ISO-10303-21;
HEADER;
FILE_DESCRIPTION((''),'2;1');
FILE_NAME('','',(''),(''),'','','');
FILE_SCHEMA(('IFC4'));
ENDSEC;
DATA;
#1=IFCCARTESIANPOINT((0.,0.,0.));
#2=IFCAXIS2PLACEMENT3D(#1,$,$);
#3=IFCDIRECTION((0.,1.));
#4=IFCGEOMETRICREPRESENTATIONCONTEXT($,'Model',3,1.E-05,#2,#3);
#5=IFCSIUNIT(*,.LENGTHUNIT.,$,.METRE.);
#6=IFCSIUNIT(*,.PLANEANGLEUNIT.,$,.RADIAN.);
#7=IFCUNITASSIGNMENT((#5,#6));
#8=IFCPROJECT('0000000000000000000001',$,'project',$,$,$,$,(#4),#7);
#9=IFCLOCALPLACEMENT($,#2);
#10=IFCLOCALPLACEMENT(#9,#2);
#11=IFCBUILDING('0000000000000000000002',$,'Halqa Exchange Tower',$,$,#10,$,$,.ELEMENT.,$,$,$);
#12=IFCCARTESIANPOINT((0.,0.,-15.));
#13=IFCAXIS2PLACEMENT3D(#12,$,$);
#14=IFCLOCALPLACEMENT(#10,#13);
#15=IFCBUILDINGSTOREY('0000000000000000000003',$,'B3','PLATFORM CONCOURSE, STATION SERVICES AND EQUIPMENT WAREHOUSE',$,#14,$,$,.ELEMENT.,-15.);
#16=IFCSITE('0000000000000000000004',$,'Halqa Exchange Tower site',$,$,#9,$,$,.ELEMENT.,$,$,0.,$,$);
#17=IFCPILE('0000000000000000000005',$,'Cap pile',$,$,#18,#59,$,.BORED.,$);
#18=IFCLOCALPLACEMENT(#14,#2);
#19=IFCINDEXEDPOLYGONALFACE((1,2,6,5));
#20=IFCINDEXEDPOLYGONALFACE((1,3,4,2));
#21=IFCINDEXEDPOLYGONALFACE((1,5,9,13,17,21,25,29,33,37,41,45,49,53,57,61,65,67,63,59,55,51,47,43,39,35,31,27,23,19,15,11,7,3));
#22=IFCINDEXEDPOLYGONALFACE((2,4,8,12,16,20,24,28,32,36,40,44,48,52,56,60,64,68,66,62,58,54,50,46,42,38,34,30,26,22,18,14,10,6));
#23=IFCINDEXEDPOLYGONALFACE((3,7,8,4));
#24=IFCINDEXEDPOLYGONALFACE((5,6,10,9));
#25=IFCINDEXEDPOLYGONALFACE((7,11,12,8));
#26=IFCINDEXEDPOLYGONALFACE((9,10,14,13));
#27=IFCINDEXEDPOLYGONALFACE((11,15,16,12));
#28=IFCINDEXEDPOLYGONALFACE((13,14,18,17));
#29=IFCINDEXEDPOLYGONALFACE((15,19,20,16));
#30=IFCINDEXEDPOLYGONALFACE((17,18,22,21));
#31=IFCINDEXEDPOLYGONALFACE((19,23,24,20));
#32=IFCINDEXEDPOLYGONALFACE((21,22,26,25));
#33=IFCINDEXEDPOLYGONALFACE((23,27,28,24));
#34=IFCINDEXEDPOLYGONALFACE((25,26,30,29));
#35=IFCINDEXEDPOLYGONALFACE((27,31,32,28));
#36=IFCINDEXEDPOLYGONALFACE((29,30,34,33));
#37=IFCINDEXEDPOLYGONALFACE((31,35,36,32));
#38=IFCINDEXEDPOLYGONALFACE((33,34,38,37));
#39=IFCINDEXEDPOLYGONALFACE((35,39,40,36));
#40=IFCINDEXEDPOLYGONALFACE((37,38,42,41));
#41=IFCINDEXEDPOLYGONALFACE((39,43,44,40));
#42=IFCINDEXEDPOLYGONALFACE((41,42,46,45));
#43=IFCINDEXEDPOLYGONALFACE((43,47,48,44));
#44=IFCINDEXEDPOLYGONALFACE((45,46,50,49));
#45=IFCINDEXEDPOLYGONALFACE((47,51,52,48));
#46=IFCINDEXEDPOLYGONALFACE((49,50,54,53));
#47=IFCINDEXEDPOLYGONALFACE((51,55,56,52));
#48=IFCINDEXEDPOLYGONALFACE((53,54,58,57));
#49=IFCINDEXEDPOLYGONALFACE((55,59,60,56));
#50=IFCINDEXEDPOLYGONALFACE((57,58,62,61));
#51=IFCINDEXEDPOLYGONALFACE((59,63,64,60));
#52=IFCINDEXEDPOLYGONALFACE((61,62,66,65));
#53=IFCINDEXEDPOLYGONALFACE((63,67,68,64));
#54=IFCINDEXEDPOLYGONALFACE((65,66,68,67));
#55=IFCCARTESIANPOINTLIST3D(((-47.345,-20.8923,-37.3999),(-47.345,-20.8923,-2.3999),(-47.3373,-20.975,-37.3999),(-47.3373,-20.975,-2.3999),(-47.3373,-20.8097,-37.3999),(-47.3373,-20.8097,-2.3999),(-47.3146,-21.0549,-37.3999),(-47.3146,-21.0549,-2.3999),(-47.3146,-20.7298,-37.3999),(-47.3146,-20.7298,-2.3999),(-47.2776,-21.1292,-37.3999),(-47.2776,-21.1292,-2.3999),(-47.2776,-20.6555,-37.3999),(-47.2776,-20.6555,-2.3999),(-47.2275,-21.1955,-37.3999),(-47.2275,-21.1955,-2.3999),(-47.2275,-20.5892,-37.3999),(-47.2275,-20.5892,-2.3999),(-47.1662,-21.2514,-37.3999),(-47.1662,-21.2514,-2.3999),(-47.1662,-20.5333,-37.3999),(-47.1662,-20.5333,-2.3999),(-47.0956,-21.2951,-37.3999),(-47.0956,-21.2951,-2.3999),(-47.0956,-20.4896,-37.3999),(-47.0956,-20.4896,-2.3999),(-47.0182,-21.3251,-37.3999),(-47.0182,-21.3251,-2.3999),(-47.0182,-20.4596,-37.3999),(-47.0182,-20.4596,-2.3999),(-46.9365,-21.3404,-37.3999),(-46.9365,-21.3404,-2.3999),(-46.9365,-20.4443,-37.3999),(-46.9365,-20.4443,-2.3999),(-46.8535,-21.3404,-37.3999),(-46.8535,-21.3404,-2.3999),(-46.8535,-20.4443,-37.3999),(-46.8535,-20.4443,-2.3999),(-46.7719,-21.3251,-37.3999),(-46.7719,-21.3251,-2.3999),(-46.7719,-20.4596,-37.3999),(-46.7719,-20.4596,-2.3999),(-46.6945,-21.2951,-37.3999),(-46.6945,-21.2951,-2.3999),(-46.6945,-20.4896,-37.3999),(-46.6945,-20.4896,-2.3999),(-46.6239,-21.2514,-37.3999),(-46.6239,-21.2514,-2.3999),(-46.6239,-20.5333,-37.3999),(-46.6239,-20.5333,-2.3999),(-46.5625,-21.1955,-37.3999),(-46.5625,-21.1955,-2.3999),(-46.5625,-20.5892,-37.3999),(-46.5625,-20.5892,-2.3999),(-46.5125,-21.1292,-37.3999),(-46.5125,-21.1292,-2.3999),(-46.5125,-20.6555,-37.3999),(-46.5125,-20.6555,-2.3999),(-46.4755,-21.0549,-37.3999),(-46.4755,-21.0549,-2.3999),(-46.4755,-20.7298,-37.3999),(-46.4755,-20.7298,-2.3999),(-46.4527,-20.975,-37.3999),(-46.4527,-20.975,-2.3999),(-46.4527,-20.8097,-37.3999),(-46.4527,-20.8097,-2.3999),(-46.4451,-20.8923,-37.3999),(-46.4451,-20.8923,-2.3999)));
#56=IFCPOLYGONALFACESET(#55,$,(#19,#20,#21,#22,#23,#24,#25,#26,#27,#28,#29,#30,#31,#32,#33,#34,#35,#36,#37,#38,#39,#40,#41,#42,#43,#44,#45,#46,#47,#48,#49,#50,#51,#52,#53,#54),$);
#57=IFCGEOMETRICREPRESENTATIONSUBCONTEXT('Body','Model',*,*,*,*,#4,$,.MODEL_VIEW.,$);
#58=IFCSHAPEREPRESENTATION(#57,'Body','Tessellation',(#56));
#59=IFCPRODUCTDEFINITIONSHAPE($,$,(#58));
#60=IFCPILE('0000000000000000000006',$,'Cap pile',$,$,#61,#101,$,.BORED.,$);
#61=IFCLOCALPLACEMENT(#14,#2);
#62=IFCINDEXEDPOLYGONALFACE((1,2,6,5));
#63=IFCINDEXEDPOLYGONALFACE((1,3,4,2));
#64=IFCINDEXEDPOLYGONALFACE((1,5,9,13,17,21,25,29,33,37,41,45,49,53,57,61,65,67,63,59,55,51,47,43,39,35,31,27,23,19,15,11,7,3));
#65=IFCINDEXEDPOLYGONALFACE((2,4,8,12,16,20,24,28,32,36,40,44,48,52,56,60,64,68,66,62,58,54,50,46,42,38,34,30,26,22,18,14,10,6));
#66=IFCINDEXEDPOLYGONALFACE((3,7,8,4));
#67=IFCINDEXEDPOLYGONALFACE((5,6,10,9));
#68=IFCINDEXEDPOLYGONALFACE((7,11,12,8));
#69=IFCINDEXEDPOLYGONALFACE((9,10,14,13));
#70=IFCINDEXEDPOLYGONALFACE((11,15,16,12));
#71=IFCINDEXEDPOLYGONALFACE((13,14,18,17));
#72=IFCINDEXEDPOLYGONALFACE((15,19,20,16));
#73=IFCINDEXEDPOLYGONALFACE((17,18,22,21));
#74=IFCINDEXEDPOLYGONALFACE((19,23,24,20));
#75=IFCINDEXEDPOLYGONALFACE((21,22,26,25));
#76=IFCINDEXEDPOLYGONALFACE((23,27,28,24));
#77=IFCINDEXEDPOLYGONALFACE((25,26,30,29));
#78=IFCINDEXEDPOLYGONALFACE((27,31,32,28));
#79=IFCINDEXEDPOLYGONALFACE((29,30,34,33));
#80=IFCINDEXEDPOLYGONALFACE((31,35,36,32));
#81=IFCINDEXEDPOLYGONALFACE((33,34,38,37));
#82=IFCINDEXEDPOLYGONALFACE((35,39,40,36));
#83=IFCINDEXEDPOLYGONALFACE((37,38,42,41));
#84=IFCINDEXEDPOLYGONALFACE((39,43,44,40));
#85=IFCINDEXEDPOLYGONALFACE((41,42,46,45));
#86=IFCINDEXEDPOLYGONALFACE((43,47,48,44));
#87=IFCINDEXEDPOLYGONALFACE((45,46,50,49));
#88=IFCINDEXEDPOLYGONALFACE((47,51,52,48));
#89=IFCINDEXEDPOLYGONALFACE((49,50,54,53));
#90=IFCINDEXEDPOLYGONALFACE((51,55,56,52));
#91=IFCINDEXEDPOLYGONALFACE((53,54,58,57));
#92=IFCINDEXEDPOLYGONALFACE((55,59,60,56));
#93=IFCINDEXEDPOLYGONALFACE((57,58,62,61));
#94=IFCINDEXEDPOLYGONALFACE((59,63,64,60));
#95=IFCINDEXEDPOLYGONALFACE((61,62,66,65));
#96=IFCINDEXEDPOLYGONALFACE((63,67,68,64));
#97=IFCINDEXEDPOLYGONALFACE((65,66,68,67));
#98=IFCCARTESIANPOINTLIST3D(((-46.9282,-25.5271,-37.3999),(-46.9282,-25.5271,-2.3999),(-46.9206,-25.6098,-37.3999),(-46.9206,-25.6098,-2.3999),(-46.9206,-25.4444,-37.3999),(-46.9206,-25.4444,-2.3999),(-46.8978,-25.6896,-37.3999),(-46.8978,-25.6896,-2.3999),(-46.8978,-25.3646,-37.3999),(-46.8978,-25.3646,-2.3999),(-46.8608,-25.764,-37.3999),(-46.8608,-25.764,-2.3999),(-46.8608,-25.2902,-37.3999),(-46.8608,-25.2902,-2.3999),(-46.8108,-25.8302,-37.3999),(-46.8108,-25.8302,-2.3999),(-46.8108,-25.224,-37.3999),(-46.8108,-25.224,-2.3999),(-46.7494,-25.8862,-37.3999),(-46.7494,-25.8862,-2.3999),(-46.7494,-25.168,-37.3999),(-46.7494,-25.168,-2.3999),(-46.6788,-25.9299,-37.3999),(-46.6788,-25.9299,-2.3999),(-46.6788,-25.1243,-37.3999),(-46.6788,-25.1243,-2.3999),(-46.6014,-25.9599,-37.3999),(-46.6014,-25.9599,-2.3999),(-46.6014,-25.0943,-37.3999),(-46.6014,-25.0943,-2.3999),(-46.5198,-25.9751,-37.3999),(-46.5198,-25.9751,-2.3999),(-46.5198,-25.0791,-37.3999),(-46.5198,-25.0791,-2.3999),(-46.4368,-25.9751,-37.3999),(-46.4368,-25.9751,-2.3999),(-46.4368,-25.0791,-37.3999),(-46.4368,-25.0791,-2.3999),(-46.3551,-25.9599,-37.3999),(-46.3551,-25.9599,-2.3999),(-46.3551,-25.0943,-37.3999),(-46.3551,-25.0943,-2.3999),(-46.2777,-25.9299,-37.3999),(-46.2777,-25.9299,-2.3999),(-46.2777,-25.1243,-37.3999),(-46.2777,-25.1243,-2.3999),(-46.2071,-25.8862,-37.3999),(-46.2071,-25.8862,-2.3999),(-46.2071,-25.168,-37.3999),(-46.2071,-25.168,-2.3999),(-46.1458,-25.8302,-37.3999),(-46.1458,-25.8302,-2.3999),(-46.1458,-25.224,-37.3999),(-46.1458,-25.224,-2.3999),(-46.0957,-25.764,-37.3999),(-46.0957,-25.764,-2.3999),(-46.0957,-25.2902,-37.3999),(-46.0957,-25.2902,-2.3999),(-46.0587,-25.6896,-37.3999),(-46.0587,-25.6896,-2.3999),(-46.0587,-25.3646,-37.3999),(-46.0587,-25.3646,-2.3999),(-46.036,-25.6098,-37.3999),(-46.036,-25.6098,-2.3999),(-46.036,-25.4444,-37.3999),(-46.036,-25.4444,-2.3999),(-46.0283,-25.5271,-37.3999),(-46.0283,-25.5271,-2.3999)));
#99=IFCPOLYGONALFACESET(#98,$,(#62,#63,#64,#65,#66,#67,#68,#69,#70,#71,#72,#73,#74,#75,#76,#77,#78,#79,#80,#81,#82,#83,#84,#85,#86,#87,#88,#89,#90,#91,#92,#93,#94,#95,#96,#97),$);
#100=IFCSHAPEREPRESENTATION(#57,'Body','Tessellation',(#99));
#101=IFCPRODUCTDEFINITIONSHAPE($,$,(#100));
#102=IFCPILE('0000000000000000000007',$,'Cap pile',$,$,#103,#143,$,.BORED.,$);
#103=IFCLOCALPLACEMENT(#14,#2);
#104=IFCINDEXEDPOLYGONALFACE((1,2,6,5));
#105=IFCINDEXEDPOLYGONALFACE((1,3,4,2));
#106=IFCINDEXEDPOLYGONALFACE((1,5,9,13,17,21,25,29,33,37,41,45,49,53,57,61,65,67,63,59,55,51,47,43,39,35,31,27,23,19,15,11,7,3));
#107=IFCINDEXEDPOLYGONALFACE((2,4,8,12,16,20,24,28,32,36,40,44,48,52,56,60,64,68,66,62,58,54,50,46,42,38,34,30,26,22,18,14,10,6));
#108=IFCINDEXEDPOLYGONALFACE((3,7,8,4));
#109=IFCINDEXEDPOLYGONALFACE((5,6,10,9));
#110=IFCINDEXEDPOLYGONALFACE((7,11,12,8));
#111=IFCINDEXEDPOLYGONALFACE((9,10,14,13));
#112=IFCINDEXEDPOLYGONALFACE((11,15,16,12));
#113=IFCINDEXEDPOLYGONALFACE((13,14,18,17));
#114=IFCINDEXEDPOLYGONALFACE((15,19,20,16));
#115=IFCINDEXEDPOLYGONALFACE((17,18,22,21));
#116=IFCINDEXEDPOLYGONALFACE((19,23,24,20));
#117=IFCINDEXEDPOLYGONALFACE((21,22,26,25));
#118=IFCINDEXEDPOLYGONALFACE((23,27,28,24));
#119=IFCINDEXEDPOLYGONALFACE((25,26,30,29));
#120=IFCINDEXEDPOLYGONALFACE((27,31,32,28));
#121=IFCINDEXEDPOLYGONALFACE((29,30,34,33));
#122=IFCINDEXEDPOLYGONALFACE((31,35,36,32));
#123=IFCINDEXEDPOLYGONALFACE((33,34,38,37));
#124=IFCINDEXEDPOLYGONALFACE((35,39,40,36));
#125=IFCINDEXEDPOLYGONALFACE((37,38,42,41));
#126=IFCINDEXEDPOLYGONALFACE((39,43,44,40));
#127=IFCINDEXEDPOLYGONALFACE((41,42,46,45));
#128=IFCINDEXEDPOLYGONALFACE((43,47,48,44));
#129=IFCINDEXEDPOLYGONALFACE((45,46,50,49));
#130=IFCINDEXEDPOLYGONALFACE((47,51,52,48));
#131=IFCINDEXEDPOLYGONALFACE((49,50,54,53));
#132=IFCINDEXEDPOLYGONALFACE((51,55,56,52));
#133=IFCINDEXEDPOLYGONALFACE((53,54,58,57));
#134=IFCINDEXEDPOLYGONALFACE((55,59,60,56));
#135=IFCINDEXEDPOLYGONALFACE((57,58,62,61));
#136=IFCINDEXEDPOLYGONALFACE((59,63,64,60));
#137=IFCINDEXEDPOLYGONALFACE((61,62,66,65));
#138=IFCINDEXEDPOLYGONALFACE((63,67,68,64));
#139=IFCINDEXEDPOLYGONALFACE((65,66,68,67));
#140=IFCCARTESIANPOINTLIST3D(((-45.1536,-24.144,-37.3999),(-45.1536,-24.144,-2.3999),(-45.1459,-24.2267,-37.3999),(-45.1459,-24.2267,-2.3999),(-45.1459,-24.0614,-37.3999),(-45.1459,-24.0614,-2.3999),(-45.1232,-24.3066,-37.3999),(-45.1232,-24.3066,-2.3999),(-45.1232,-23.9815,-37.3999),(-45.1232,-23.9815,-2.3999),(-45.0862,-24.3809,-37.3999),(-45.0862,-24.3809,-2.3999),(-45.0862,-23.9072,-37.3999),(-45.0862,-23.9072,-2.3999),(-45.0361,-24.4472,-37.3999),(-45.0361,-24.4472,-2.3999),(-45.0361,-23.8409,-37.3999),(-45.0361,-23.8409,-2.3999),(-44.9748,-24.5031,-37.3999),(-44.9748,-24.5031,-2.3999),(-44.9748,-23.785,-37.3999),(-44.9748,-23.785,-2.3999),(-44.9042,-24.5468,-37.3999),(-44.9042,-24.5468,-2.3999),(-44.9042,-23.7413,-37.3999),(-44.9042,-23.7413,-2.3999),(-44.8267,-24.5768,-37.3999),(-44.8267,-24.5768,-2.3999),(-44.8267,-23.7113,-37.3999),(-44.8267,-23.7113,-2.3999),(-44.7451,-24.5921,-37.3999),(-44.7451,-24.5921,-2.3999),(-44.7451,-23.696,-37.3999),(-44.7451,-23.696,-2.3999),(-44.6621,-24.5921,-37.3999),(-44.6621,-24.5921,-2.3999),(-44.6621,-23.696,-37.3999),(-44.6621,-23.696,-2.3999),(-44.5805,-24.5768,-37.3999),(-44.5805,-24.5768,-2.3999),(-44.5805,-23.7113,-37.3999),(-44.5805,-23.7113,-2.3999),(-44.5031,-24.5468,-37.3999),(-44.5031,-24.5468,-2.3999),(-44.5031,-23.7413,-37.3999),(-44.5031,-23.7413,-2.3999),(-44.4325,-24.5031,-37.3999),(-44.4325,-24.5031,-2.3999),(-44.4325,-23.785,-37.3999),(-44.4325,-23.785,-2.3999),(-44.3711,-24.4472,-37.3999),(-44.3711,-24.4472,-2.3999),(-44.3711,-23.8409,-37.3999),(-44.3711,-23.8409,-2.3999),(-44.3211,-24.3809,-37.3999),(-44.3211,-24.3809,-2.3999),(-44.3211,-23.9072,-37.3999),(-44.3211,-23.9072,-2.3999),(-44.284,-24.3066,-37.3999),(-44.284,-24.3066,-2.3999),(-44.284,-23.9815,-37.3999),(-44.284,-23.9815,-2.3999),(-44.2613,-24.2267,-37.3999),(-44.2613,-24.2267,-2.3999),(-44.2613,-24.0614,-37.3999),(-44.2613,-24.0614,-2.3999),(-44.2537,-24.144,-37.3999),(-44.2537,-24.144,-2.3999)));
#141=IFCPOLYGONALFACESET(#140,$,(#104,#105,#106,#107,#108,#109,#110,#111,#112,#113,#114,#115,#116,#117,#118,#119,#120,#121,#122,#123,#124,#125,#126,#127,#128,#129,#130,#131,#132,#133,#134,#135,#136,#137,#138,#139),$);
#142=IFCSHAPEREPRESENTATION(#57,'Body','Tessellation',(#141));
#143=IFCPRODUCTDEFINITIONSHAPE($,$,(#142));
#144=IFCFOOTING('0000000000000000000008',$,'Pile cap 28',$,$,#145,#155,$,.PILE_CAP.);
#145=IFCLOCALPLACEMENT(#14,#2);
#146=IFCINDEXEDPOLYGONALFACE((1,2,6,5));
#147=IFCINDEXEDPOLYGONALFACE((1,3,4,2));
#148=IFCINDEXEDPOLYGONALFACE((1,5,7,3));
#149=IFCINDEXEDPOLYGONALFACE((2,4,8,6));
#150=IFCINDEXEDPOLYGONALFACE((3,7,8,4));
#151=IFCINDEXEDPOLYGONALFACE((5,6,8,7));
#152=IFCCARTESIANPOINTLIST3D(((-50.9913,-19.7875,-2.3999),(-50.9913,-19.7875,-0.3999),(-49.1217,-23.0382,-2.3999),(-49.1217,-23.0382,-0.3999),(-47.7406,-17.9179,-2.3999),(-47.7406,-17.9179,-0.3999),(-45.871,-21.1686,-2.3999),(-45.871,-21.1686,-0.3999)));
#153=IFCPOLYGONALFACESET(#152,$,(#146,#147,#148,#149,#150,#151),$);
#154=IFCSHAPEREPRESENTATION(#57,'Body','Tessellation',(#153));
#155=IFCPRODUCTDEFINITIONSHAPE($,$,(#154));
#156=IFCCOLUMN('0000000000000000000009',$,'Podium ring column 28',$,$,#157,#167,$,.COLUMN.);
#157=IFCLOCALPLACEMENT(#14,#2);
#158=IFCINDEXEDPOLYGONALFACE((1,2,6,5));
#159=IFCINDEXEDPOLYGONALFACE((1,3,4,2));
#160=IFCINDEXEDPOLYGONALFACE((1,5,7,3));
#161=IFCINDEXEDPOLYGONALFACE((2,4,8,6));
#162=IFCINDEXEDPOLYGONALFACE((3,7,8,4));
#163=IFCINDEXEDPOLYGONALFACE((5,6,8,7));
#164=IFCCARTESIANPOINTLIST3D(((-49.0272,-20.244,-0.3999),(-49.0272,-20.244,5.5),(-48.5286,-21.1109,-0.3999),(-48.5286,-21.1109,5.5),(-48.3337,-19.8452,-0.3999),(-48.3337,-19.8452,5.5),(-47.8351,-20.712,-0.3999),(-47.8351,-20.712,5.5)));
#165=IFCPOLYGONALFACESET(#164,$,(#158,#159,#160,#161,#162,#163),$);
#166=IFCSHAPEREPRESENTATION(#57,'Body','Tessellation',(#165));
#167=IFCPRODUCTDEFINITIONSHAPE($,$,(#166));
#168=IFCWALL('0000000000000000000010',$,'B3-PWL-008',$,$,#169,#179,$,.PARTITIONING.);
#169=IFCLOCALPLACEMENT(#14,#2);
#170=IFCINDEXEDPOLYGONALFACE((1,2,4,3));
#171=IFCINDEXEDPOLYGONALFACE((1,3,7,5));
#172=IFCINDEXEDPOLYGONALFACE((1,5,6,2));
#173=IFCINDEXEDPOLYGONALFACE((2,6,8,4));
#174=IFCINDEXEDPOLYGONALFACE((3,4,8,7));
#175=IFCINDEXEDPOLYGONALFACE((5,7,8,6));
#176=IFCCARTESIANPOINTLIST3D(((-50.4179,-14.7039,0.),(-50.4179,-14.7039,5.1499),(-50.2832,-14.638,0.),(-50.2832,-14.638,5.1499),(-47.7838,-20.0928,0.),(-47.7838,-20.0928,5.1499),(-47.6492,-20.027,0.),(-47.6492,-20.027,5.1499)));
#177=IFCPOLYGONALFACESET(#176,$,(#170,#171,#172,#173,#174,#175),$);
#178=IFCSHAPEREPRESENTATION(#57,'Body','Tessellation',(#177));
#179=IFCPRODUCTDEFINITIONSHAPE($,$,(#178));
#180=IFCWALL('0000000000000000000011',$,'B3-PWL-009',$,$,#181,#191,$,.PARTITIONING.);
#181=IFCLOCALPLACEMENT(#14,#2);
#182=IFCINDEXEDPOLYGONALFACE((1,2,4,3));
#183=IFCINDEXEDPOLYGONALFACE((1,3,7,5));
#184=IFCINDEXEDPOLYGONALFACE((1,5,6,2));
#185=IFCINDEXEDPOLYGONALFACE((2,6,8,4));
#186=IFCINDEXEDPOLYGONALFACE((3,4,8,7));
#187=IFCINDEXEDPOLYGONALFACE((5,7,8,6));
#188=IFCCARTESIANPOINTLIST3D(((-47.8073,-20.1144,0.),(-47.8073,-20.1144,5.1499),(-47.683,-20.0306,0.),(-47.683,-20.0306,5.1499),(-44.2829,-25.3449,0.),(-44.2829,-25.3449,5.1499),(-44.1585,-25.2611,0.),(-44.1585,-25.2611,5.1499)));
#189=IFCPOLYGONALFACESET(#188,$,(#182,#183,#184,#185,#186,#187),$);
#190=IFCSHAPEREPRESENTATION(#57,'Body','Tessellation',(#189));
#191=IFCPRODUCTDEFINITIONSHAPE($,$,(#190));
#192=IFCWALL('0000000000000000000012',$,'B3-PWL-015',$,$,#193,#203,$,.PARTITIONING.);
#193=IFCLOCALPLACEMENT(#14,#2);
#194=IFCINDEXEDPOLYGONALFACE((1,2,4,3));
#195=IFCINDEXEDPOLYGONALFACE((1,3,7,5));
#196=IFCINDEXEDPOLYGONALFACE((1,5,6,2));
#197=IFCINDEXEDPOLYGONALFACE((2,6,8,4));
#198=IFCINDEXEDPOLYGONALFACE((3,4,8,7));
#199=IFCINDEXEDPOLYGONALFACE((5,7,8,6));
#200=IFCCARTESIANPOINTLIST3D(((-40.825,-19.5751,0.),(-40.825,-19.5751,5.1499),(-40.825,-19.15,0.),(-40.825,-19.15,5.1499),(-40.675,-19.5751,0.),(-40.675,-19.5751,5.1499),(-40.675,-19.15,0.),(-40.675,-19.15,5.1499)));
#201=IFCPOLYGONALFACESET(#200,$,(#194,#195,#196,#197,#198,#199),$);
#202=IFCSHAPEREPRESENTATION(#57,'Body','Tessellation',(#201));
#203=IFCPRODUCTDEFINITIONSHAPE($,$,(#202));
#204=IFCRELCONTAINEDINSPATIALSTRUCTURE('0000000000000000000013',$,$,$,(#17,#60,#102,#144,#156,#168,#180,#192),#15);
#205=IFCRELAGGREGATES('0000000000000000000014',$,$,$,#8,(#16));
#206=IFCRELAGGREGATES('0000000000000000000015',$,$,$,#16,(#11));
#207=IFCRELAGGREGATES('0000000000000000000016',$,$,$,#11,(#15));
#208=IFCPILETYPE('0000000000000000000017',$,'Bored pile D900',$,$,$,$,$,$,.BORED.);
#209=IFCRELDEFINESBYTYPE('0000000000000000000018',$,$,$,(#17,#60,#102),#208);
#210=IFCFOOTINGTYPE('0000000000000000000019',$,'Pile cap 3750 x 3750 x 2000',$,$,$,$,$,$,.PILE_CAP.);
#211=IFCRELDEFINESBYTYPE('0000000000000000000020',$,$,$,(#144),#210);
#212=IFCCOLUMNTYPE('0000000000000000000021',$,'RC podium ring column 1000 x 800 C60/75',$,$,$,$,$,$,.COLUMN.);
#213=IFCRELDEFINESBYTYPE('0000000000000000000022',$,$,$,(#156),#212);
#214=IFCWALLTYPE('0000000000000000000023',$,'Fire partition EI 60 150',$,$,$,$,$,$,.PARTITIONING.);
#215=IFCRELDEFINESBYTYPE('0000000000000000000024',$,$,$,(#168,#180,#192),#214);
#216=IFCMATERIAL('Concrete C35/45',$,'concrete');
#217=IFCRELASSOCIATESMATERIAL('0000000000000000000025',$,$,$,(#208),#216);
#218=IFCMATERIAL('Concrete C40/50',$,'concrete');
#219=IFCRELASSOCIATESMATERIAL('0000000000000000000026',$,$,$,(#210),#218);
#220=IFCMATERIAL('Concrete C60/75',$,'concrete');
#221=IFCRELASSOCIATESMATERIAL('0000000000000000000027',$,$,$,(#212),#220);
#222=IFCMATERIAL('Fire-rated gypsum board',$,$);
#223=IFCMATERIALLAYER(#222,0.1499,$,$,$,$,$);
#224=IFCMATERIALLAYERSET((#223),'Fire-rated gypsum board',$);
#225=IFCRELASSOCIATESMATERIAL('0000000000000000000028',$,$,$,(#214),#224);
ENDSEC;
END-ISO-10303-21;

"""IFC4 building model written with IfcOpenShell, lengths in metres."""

from ifc_helpers import new_model, si_unit, direction, frame, frame_2d, origin, origin_2d, place, context, subcontext, project, spatial, rectangle, circle, extrude, material, layer, layer_set, material_profile, profile_set, type_object, element, save


model = new_model("IFC4")

# Units and contexts
model_context = context("Model", 3, precision=1e-05, world=origin(), true_north=direction((0.0, 1.0)))
body_context = subcontext(model_context, "Body", "Model", "MODEL_VIEW")
ifc_project = project(units=[si_unit("LENGTHUNIT", "METRE"), si_unit("PLANEANGLEUNIT", "RADIAN")], contexts=[model_context])

# Site, building, storey
site_placement = place(None, origin())
site = spatial("IfcSite", under=ifc_project, at=site_placement, Name="Halqa Exchange Tower site", CompositionType="ELEMENT", RefElevation=0.0)
building_placement = place(site_placement, origin())
building = spatial("IfcBuilding", under=site, at=building_placement, Name="Halqa Exchange Tower", CompositionType="ELEMENT")
storey_placement = place(building_placement, frame((0.0, 0.0, -15.0)))
storey = spatial("IfcBuildingStorey", under=building, at=storey_placement, Name="B3", Description="PLATFORM CONCOURSE, STATION SERVICES AND EQUIPMENT WAREHOUSE", CompositionType="ELEMENT", Elevation=-15.0)

# Piles
ifc_material_1 = material(Name="Concrete C35/45", Category="concrete")
ifc_material_profile_1 = material_profile(ifc_material_1, circle(Radius=0.45, at=origin_2d()), Name="D900")
ifc_profile_set_1 = profile_set([ifc_material_profile_1], Name="Concrete C35/45")
pile_type_1 = type_object("IfcPileType", Name="Bored pile D900", PredefinedType="BORED", material=ifc_profile_set_1)
for number, where, z_axis, x_axis, name in (
    (1, (-46.895, -20.8923, -2.3999), (0.0, 0.0, -1.0), (1.0, 0.0, 0.0), "Cap pile"),
    (2, (-46.4783, -25.5271, -2.3999), (0.0, 0.0, -1.0), (1.0, 0.0, 0.0), "Cap pile"),
    (3, (-44.7036, -24.144, -2.3999), (0.0, 0.0, -1.0), (1.0, 0.0, 0.0), "Cap pile"),
):
    element("IfcPile", number, at=place(storey_placement, frame(where, z_axis=z_axis, x_axis=x_axis)), inside=storey, type_object=pile_type_1, Name=name, PredefinedType="BORED", context=body_context, shape_type="SweptSolid", body=[
        extrude(circle(Radius=0.45, at=origin_2d()), origin(), (0.0, 0.0, 1.0), 35.0),
    ])

# Footing
ifc_material_2 = material(Name="Concrete C40/50", Category="concrete")
footing_type = type_object("IfcFootingType", Name="Pile cap 3750 x 3750 x 2000", PredefinedType="PILE_CAP", material=ifc_material_2)
footing_placement = place(storey_placement, frame((-48.4312, -20.478, -2.3999), z_axis=(0.0, 0.0, 1.0), x_axis=(0.498569, -0.86685, 0.0)))
element("IfcFooting", 4, at=footing_placement, inside=storey, type_object=footing_type, Name="Pile cap 28", PredefinedType="PILE_CAP", context=body_context, shape_type="SweptSolid", body=[
    extrude(rectangle(XDim=3.75, YDim=3.75, at=origin_2d()), origin(), (0.0, 0.0, 1.0), 2.0),
])

# Column
ifc_material_3 = material(Name="Concrete C60/75", Category="concrete")
ifc_material_profile_2 = material_profile(ifc_material_3, rectangle(XDim=1.0, YDim=0.8, at=origin_2d()), Name="1000 x 800")
ifc_profile_set_2 = profile_set([ifc_material_profile_2], Name="Concrete C60/75")
column_type = type_object("IfcColumnType", Name="RC podium ring column 1000 x 800 C60/75", PredefinedType="COLUMN", material=ifc_profile_set_2)
column_placement = place(storey_placement, frame((-48.4312, -20.478, -0.3999), z_axis=(0.0, 0.0, 1.0), x_axis=(0.498569, -0.86685, 0.0)))
element("IfcColumn", 5, at=column_placement, inside=storey, type_object=column_type, Name="Podium ring column 28", PredefinedType="COLUMN", context=body_context, shape_type="SweptSolid", body=[
    extrude(rectangle(XDim=1.0, YDim=0.8, at=origin_2d()), origin(), (0.0, 0.0, 1.0), 5.8999),
])

# Walls
ifc_material_4 = material(Name="Fire-rated gypsum board")
ifc_layer_1 = layer(ifc_material_4, 0.1499)
ifc_layer_set_1 = layer_set([ifc_layer_1], Name="Fire-rated gypsum board")
wall_type_1 = type_object("IfcWallType", Name="Fire partition EI 60 150", PredefinedType="PARTITIONING", material=ifc_layer_set_1)
wall_1_placement = place(storey_placement, frame((-47.7166, -20.0598, 0.0), z_axis=(0.0, 0.0, 1.0), x_axis=(-0.439136, 0.89842, 0.0)))
element("IfcWall", 6, at=wall_1_placement, inside=storey, type_object=wall_type_1, Name="B3-PWL-008", PredefinedType="PARTITIONING", context=body_context, shape_type="SweptSolid", body=[
    extrude(rectangle(XDim=5.9983, YDim=0.1499, at=frame_2d((2.999, 0.0))), origin(), (0.0, 0.0, 1.0), 5.1499),
])
wall_2_placement = place(storey_placement, frame((-44.2207, -25.303, 0.0), z_axis=(0.0, 0.0, 1.0), x_axis=(-0.558803, 0.829301, 0.0)))
element("IfcWall", 7, at=wall_2_placement, inside=storey, type_object=wall_type_1, Name="B3-PWL-009", PredefinedType="PARTITIONING", context=body_context, shape_type="SweptSolid", body=[
    extrude(rectangle(XDim=6.3071, YDim=0.1499, at=frame_2d((3.1536, 0.0))), origin(), (0.0, 0.0, 1.0), 5.1499),
])
wall_3_placement = place(storey_placement, frame((-40.75, -19.575, 0.0), z_axis=(0.0, 0.0, 1.0), x_axis=(0.0, 1.0, 0.0)))
element("IfcWall", 8, at=wall_3_placement, inside=storey, type_object=wall_type_1, Name="B3-PWL-015", PredefinedType="PARTITIONING", context=body_context, shape_type="SweptSolid", body=[
    extrude(rectangle(XDim=0.425, YDim=0.1499, at=frame_2d((0.2124, 0.0))), origin(), (0.0, 0.0, 1.0), 5.1499),
])

save(model, "model.ifc")
